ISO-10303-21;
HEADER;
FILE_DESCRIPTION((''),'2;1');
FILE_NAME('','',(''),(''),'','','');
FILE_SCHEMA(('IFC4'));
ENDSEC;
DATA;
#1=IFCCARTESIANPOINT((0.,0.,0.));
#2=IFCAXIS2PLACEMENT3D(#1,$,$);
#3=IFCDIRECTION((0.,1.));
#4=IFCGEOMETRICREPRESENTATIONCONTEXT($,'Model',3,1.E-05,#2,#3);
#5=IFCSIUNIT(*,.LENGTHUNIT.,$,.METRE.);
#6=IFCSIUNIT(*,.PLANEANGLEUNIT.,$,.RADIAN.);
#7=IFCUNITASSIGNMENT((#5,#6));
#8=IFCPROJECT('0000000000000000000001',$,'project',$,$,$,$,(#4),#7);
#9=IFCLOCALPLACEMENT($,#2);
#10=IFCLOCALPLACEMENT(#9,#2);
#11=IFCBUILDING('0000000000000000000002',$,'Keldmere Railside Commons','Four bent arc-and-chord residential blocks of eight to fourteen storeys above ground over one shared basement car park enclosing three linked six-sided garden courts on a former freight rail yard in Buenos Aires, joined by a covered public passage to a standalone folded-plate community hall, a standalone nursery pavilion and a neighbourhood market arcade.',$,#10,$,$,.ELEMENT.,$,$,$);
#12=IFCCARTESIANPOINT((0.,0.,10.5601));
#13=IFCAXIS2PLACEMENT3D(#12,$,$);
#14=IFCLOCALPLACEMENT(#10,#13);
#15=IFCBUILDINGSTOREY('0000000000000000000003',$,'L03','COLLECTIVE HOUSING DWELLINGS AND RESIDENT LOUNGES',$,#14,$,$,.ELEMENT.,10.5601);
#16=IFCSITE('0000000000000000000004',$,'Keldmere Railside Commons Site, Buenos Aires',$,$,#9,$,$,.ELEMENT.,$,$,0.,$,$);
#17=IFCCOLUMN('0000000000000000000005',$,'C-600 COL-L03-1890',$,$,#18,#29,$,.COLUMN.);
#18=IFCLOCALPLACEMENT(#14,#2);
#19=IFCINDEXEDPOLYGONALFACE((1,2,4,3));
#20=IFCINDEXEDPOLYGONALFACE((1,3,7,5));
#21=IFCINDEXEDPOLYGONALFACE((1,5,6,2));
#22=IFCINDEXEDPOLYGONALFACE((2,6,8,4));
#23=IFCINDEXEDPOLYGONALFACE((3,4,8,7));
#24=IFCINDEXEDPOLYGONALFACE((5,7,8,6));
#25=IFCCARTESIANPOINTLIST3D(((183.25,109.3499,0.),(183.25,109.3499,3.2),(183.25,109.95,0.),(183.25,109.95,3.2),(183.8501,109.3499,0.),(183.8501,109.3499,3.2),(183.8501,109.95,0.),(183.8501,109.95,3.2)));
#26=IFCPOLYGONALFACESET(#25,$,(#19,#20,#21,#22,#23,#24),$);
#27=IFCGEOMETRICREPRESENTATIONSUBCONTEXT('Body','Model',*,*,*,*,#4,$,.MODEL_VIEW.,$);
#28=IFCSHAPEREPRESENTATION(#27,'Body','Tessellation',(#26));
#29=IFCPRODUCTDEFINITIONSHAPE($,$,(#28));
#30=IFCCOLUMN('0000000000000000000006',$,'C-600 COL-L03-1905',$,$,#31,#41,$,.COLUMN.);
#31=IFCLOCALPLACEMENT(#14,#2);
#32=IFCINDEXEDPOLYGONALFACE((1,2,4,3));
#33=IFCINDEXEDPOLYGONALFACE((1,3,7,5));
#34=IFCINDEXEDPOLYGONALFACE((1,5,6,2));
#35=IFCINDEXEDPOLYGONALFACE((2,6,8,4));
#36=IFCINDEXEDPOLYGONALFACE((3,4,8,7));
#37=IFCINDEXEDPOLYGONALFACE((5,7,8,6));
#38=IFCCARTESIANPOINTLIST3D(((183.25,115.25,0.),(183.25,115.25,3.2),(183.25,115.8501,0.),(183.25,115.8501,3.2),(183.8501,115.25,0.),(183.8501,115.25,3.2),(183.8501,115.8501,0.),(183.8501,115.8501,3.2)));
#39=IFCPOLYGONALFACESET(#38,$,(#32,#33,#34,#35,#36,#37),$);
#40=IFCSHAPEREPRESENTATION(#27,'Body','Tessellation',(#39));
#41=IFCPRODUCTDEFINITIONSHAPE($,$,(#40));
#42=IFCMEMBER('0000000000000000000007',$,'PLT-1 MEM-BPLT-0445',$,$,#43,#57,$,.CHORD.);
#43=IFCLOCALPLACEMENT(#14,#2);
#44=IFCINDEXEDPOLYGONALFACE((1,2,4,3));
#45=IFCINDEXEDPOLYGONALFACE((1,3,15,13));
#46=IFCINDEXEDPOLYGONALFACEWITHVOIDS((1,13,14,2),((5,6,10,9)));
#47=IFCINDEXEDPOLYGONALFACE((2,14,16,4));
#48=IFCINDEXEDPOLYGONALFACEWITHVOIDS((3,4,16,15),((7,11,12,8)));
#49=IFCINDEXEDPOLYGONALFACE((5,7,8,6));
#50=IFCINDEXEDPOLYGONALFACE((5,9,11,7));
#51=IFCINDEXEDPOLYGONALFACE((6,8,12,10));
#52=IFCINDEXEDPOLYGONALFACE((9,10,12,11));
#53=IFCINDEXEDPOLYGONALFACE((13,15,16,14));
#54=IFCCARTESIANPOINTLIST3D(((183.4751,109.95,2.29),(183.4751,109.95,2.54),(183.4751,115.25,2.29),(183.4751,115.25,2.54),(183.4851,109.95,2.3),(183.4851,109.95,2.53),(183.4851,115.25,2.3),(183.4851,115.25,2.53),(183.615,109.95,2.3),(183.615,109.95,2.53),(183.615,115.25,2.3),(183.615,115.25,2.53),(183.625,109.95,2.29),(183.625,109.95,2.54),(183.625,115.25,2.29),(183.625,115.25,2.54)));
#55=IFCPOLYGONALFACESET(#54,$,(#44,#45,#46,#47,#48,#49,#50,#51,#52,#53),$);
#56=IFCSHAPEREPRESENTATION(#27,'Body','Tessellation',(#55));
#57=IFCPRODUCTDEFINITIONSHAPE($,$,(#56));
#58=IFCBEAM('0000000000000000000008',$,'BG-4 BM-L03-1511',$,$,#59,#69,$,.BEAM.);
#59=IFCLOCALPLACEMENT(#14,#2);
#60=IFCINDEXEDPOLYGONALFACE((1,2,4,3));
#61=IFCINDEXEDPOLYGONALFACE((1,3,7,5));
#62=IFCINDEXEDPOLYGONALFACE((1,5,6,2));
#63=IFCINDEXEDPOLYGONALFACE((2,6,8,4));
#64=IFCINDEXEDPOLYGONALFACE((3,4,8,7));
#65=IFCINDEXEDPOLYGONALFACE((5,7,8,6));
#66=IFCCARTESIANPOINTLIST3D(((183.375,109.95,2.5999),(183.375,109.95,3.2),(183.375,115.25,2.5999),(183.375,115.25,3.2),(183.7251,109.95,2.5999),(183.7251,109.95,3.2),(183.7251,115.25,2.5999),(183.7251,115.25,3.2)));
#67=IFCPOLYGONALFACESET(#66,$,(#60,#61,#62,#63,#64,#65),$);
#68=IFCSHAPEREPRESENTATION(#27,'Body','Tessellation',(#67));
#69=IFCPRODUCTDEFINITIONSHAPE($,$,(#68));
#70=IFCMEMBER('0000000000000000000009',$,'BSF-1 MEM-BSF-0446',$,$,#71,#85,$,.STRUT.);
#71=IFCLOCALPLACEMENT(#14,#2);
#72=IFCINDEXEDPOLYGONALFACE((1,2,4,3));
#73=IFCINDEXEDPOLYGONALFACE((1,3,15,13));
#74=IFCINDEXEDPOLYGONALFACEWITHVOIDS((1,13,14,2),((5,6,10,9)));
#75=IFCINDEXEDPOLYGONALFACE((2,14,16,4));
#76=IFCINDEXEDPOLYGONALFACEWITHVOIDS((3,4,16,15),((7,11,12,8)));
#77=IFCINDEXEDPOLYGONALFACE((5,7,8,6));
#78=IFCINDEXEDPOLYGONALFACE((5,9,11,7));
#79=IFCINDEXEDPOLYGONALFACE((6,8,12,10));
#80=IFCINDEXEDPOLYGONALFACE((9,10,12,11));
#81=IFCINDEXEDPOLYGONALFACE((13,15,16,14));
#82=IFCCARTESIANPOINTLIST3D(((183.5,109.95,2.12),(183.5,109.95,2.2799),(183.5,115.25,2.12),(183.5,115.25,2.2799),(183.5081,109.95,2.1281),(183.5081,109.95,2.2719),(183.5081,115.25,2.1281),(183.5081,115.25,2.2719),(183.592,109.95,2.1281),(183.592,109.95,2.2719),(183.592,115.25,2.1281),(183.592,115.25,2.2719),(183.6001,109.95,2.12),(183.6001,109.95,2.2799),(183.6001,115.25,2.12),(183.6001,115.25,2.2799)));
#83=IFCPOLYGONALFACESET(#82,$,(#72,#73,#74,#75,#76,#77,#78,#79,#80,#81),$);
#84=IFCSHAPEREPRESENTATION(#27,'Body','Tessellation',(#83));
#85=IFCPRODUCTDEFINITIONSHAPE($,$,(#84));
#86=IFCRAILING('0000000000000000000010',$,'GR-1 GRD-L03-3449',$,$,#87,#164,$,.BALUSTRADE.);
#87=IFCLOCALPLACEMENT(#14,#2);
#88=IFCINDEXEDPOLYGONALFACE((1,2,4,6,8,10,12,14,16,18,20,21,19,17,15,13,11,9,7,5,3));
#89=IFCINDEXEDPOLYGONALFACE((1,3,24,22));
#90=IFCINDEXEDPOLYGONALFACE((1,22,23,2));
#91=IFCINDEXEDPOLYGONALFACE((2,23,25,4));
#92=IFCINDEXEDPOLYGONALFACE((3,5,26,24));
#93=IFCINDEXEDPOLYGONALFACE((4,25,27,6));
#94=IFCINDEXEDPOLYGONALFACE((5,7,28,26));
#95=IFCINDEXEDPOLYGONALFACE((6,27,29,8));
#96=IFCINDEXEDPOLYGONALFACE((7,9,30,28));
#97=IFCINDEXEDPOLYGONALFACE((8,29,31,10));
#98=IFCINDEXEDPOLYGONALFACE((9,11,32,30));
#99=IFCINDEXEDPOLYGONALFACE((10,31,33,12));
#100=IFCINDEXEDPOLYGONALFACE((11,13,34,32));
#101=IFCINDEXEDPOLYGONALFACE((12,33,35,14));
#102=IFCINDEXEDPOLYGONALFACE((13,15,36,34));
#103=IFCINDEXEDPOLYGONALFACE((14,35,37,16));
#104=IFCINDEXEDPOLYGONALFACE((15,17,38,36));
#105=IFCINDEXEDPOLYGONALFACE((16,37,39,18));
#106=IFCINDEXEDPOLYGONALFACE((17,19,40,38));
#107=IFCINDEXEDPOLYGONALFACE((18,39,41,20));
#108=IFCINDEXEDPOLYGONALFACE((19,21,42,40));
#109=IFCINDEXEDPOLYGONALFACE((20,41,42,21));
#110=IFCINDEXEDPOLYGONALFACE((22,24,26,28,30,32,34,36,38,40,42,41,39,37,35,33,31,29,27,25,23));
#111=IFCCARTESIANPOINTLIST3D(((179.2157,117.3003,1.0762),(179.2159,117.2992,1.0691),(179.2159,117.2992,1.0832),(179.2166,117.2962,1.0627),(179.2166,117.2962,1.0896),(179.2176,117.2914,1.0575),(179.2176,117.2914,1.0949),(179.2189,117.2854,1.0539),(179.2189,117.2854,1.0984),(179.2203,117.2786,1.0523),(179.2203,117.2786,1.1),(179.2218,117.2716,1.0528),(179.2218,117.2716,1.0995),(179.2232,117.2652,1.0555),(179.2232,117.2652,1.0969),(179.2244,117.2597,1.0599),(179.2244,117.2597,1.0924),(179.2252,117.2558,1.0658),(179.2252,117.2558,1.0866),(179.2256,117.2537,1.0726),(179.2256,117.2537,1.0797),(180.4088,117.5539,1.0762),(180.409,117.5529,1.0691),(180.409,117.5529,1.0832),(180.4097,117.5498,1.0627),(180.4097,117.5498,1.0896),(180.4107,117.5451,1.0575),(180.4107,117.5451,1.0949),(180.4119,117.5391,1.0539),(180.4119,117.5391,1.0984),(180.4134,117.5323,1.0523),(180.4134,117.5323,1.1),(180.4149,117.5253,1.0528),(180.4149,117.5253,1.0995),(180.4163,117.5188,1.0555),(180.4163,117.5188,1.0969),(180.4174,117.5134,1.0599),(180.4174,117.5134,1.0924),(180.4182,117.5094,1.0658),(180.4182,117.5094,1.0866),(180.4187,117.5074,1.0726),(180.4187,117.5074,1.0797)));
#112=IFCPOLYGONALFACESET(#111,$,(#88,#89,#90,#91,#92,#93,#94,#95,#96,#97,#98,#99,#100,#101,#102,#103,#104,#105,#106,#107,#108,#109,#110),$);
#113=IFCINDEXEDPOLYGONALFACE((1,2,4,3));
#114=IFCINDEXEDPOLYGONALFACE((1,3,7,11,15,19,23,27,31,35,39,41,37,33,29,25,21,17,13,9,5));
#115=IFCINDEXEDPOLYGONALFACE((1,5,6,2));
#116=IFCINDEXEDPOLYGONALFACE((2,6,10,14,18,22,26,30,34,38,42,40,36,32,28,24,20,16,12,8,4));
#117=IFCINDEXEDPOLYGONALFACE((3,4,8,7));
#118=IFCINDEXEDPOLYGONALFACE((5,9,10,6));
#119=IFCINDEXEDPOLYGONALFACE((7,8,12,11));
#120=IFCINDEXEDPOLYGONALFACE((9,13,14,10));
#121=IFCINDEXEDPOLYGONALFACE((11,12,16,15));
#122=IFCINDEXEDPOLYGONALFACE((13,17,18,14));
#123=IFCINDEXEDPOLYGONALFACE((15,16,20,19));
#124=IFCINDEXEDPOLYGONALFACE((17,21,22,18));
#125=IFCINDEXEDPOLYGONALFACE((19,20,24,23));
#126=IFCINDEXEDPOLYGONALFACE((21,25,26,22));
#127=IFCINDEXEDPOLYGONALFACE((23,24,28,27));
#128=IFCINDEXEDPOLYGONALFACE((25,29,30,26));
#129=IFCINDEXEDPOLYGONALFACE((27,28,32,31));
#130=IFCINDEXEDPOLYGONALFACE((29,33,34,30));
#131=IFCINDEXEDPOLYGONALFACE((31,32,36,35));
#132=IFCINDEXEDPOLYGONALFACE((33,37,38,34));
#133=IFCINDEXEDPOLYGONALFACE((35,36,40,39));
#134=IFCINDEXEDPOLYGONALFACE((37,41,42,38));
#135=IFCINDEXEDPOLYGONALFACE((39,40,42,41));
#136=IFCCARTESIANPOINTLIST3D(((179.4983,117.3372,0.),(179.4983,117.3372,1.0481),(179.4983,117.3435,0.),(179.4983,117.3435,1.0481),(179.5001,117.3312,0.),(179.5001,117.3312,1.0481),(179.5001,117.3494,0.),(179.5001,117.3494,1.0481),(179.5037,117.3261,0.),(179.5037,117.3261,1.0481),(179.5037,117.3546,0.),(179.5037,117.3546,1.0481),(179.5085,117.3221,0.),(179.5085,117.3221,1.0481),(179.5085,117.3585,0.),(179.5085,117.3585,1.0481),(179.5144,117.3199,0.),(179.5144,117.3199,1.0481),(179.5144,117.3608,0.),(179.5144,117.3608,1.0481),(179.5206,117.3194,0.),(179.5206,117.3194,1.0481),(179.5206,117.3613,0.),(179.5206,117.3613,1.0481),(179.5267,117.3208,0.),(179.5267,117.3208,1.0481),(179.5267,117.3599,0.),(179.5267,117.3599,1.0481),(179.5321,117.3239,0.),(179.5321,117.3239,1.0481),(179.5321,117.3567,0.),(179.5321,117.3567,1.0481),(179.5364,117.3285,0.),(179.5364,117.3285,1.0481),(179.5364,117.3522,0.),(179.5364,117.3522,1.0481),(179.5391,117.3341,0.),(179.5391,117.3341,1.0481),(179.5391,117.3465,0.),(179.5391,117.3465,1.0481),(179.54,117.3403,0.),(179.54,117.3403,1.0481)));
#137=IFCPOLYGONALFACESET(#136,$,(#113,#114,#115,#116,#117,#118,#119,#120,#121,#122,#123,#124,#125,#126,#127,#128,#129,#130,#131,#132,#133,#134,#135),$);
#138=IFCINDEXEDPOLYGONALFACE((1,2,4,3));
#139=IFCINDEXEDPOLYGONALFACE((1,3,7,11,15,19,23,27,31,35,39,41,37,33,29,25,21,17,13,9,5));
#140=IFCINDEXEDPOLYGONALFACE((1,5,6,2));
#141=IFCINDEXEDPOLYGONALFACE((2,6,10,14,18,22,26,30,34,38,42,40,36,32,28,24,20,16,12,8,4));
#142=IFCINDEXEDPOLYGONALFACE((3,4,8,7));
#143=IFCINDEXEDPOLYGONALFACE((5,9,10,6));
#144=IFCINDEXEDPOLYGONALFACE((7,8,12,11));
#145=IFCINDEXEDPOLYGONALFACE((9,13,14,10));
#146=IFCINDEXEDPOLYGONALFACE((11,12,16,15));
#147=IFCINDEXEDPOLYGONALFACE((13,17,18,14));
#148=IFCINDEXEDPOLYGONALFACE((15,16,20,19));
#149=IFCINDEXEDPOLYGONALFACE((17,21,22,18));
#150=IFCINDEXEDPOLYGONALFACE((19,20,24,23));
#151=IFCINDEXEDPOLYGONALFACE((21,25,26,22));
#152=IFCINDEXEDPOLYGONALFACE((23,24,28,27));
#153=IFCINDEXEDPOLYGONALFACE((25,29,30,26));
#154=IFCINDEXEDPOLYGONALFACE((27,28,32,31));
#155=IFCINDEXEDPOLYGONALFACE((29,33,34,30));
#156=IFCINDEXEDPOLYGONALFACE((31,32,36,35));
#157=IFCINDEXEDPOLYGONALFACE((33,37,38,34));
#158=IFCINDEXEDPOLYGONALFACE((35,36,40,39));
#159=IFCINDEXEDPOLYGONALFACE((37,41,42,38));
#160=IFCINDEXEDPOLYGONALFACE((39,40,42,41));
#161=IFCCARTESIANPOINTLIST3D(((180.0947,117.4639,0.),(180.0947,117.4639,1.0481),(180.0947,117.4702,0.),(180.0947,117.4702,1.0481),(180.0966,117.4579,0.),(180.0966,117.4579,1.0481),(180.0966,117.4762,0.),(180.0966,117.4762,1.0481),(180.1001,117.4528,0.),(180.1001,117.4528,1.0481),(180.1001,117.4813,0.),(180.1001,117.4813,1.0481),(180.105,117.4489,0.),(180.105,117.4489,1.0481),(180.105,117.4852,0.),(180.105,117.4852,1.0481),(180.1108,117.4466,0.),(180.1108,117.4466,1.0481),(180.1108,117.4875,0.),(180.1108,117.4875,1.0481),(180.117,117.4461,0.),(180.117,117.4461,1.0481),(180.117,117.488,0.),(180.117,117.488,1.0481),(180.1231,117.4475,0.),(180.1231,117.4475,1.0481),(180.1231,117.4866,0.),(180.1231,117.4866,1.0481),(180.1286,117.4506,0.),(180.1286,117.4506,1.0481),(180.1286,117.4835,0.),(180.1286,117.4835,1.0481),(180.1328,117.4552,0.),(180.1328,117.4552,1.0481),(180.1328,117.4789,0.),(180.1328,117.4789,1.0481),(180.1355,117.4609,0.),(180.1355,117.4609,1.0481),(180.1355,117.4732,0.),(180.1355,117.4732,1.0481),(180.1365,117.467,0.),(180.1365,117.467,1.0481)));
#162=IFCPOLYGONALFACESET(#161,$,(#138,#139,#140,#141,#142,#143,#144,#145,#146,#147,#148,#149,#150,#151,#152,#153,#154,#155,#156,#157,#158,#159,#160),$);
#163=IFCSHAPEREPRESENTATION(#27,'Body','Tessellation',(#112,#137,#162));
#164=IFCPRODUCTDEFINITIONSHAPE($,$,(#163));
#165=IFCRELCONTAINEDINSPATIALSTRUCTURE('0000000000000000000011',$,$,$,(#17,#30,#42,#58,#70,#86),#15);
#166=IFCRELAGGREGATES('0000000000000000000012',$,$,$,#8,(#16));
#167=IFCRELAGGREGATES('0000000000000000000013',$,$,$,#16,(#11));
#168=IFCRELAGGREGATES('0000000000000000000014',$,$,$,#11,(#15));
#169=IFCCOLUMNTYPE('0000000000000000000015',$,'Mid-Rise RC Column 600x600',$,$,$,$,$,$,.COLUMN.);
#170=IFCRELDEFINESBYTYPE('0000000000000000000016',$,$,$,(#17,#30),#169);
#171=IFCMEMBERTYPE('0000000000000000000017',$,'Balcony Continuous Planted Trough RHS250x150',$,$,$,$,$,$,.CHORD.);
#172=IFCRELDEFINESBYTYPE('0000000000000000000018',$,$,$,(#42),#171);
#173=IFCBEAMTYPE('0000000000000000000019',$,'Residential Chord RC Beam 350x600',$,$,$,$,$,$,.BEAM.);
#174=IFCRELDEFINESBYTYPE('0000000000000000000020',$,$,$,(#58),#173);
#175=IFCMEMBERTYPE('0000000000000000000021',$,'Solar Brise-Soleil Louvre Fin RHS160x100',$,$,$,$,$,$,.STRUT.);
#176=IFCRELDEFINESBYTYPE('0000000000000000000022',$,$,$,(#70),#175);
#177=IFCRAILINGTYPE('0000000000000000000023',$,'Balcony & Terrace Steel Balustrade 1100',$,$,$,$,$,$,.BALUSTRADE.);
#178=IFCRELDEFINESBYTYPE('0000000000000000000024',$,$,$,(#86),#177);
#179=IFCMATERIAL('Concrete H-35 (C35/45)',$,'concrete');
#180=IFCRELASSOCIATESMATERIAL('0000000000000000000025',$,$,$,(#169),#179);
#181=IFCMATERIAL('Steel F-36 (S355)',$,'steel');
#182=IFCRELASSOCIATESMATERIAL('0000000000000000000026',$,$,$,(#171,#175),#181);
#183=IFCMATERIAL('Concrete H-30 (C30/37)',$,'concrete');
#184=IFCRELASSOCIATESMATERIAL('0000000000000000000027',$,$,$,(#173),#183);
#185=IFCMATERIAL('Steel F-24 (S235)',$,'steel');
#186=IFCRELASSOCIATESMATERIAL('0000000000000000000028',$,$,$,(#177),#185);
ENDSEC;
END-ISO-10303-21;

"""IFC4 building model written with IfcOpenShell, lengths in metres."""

from ifc_helpers import new_model, si_unit, direction, frame, origin, origin_2d, place, context, subcontext, project, spatial, rectangle, hollow_rectangle, circle, extrude, material, material_profile, profile_set, type_object, element, save


model = new_model("IFC4")

# Units and contexts
model_context = context("Model", 3, precision=1e-05, world=origin(), true_north=direction((0.0, 1.0)))
body_context = subcontext(model_context, "Body", "Model", "MODEL_VIEW")
ifc_project = project(units=[si_unit("LENGTHUNIT", "METRE"), si_unit("PLANEANGLEUNIT", "RADIAN")], contexts=[model_context])

# Site, building, storey
site_placement = place(None, origin())
site = spatial("IfcSite", under=ifc_project, at=site_placement, Name="Keldmere Railside Commons Site, Buenos Aires", CompositionType="ELEMENT", RefElevation=0.0)
building_placement = place(site_placement, origin())
building = spatial("IfcBuilding", under=site, at=building_placement, Name="Keldmere Railside Commons", Description="Four bent arc-and-chord residential blocks of eight to fourteen storeys above ground over one shared basement car park enclosing three linked six-sided garden courts on a former freight rail yard in Buenos Aires, joined by a covered public passage to a standalone folded-plate community hall, a standalone nursery pavilion and a neighbourhood market arcade.", CompositionType="ELEMENT")
storey_placement = place(building_placement, frame((0.0, 0.0, 10.5601)))
storey = spatial("IfcBuildingStorey", under=building, at=storey_placement, Name="L03", Description="COLLECTIVE HOUSING DWELLINGS AND RESIDENT LOUNGES", CompositionType="ELEMENT", Elevation=10.5601)

# Columns
ifc_material_1 = material(Name="Concrete H-35 (C35/45)", Category="concrete")
ifc_material_profile_1 = material_profile(ifc_material_1, rectangle(XDim=0.6001, YDim=0.6001, at=origin_2d()), Name="RC-600x600")
ifc_profile_set_1 = profile_set([ifc_material_profile_1], Name="Concrete H-35 (C35/45)")
column_type = type_object("IfcColumnType", Name="Mid-Rise RC Column 600x600", PredefinedType="COLUMN", material=ifc_profile_set_1)
for number, where, z_axis, x_axis, name in (
    (1, (183.55, 109.6499, 0.0), (0.0, 0.0, 1.0), (1.0, 0.0, 0.0), "C-600 COL-L03-1890"),
    (2, (183.55, 115.55, 0.0), (0.0, 0.0, 1.0), (1.0, 0.0, 0.0), "C-600 COL-L03-1905"),
):
    element("IfcColumn", number, at=place(storey_placement, frame(where, z_axis=z_axis, x_axis=x_axis)), inside=storey, type_object=column_type, Name=name, PredefinedType="COLUMN", context=body_context, shape_type="SweptSolid", body=[
        extrude(rectangle(XDim=0.6001, YDim=0.6001, at=origin_2d()), origin(), (0.0, 0.0, 1.0), 3.2),
    ])

# Member
ifc_material_2 = material(Name="Steel F-36 (S355)", Category="steel")
ifc_material_profile_2 = material_profile(ifc_material_2, hollow_rectangle(XDim=0.1499, YDim=0.25, WallThickness=0.01, at=origin_2d()), Name="RHS-250x150x10")
ifc_profile_set_2 = profile_set([ifc_material_profile_2], Name="Steel F-36 (S355)")
member_type_1 = type_object("IfcMemberType", Name="Balcony Continuous Planted Trough RHS250x150", PredefinedType="CHORD", material=ifc_profile_set_2)
member_1_placement = place(storey_placement, frame((183.55, 109.95, 2.415), z_axis=(0.0, 1.0, 0.0), x_axis=(-1.0, 0.0, 0.0)))
element("IfcMember", 3, at=member_1_placement, inside=storey, type_object=member_type_1, Name="PLT-1 MEM-BPLT-0445", PredefinedType="CHORD", context=body_context, shape_type="SweptSolid", body=[
    extrude(hollow_rectangle(XDim=0.1499, YDim=0.25, WallThickness=0.01, at=origin_2d()), origin(), (0.0, 0.0, 1.0), 5.3),
])

# Beam
ifc_material_3 = material(Name="Concrete H-30 (C30/37)", Category="concrete")
ifc_material_profile_3 = material_profile(ifc_material_3, rectangle(XDim=0.3501, YDim=0.6001, at=origin_2d()), Name="RC-350x600")
ifc_profile_set_3 = profile_set([ifc_material_profile_3], Name="Concrete H-30 (C30/37)")
beam_type = type_object("IfcBeamType", Name="Residential Chord RC Beam 350x600", PredefinedType="BEAM", material=ifc_profile_set_3)
beam_placement = place(storey_placement, frame((183.55, 109.95, 2.8999), z_axis=(0.0, 1.0, 0.0), x_axis=(-1.0, 0.0, 0.0)))
element("IfcBeam", 4, at=beam_placement, inside=storey, type_object=beam_type, Name="BG-4 BM-L03-1511", PredefinedType="BEAM", context=body_context, shape_type="SweptSolid", body=[
    extrude(rectangle(XDim=0.3501, YDim=0.6001, at=origin_2d()), origin(), (0.0, 0.0, 1.0), 5.3),
])

# Member
ifc_material_profile_4 = material_profile(ifc_material_2, hollow_rectangle(XDim=0.1001, YDim=0.1599, WallThickness=0.0081, at=origin_2d()), Name="RHS-160x100x8")
ifc_profile_set_4 = profile_set([ifc_material_profile_4], Name="Steel F-36 (S355)")
member_type_2 = type_object("IfcMemberType", Name="Solar Brise-Soleil Louvre Fin RHS160x100", PredefinedType="STRUT", material=ifc_profile_set_4)
member_2_placement = place(storey_placement, frame((183.55, 109.95, 2.2), z_axis=(0.0, 1.0, 0.0), x_axis=(-1.0, 0.0, 0.0)))
element("IfcMember", 5, at=member_2_placement, inside=storey, type_object=member_type_2, Name="BSF-1 MEM-BSF-0446", PredefinedType="STRUT", context=body_context, shape_type="SweptSolid", body=[
    extrude(hollow_rectangle(XDim=0.1001, YDim=0.1599, WallThickness=0.0081, at=origin_2d()), origin(), (0.0, 0.0, 1.0), 5.3),
])

# Railing
ifc_material_4 = material(Name="Steel F-24 (S235)", Category="steel")
railing_type = type_object("IfcRailingType", Name="Balcony & Terrace Steel Balustrade 1100", PredefinedType="BALUSTRADE", material=ifc_material_4)
railing_1_placement = place(storey_placement, frame((179.2207, 117.2769, 0.0)))
element("IfcRailing", 6, at=railing_1_placement, inside=storey, type_object=railing_type, Name="GR-1 GRD-L03-3449", PredefinedType="BALUSTRADE", context=body_context, shape_type="SweptSolid", body=[
    extrude(circle(Radius=0.0239, at=origin_2d()), frame((0.0, 0.0, 1.0762), z_axis=(0.978138, 0.207957, 0.0), x_axis=(-0.207957, 0.978138, 0.0)), (0.0, 0.0, 1.0), 1.2197),
    extrude(circle(Radius=0.021, at=origin_2d()), frame((0.2983, 0.0635, 0.0)), (0.0, 0.0, 1.0), 1.0481),
    extrude(circle(Radius=0.021, at=origin_2d()), frame((0.8948, 0.1902, 0.0)), (0.0, 0.0, 1.0), 1.0481),
])

save(model, "model.ifc")
